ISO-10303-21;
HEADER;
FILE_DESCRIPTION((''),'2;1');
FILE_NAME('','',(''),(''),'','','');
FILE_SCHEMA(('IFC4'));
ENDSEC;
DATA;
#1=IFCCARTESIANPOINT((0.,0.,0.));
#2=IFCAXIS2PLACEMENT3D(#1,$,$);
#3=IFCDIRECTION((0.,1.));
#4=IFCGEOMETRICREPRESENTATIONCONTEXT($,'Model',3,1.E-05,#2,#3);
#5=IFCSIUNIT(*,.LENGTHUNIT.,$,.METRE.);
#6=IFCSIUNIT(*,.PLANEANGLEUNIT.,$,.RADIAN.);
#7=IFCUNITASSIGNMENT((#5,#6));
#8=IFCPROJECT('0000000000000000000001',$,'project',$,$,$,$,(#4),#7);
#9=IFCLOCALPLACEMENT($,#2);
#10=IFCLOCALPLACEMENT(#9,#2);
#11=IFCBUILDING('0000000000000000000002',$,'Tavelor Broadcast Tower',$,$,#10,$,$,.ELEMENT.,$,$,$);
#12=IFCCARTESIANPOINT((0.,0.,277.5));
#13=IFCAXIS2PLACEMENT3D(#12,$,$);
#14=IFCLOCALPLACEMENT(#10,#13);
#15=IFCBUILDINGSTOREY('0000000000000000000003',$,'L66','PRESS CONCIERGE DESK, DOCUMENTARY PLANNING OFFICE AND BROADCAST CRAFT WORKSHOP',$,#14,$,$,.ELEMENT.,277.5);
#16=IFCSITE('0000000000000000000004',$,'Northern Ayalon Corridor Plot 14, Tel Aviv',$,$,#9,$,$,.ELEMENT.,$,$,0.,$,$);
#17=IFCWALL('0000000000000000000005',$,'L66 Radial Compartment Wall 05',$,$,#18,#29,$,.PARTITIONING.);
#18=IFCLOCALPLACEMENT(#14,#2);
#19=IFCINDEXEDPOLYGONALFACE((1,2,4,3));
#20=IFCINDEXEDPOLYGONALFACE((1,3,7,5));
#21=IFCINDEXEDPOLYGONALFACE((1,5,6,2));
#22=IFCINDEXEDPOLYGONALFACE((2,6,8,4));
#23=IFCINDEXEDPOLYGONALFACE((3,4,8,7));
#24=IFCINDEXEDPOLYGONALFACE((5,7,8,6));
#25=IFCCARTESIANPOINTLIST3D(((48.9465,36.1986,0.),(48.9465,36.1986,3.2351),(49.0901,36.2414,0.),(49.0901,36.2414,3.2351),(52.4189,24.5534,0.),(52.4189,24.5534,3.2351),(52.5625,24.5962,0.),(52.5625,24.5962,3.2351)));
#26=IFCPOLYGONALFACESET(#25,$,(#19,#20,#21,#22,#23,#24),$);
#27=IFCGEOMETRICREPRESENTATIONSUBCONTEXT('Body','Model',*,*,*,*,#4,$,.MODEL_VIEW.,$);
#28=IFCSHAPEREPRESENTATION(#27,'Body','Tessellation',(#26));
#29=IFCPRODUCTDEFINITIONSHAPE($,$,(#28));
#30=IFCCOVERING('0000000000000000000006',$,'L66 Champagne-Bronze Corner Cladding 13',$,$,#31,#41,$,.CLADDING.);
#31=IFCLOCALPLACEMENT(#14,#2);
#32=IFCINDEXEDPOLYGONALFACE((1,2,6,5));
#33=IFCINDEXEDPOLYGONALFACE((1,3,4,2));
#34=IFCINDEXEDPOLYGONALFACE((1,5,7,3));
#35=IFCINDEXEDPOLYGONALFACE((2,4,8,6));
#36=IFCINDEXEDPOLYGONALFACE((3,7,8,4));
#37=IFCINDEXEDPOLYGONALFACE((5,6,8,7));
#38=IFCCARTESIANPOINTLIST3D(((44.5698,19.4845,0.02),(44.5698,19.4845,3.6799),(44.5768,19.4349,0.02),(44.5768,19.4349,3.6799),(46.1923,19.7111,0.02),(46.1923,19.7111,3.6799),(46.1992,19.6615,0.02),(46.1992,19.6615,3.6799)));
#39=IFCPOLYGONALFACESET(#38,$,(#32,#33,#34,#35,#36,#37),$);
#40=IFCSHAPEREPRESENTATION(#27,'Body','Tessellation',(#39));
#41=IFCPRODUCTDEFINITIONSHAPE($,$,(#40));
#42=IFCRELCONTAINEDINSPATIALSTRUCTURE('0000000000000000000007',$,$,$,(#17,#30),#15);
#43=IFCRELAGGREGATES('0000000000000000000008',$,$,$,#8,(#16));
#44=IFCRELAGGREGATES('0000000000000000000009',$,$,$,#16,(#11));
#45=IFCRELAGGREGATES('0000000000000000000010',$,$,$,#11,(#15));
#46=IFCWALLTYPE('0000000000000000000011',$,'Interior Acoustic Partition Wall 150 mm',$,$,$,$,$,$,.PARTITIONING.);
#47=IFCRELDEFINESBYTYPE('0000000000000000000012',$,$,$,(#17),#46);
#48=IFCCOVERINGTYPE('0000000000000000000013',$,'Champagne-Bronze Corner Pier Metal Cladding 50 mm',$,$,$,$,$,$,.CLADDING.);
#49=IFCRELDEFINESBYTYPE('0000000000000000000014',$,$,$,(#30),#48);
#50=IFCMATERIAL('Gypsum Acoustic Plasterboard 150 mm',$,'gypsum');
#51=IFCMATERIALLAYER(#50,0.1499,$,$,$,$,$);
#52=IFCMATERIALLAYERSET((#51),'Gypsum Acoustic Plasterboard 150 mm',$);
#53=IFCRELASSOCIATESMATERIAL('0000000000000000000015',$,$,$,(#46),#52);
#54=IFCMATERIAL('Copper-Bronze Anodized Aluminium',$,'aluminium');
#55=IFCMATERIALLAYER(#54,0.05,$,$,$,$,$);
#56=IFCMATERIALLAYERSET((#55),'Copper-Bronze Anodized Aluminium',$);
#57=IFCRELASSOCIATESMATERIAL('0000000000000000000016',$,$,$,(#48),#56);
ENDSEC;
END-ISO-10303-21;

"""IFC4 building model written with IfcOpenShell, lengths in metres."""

from ifc_helpers import new_model, si_unit, direction, frame, frame_2d, origin, origin_2d, place, context, subcontext, project, spatial, rectangle, extrude, material, layer, layer_set, type_object, element, save


model = new_model("IFC4")

# Units and contexts
model_context = context("Model", 3, precision=1e-05, world=origin(), true_north=direction((0.0, 1.0)))
body_context = subcontext(model_context, "Body", "Model", "MODEL_VIEW")
ifc_project = project(units=[si_unit("LENGTHUNIT", "METRE"), si_unit("PLANEANGLEUNIT", "RADIAN")], contexts=[model_context])

# Site, building, storey
site_placement = place(None, origin())
site = spatial("IfcSite", under=ifc_project, at=site_placement, Name="Northern Ayalon Corridor Plot 14, Tel Aviv", CompositionType="ELEMENT", RefElevation=0.0)
building_placement = place(site_placement, origin())
building = spatial("IfcBuilding", under=site, at=building_placement, Name="Tavelor Broadcast Tower", CompositionType="ELEMENT")
storey_placement = place(building_placement, frame((0.0, 0.0, 277.5)))
storey = spatial("IfcBuildingStorey", under=building, at=storey_placement, Name="L66", Description="PRESS CONCIERGE DESK, DOCUMENTARY PLANNING OFFICE AND BROADCAST CRAFT WORKSHOP", CompositionType="ELEMENT", Elevation=277.5)

# Wall
ifc_material_1 = material(Name="Gypsum Acoustic Plasterboard 150 mm", Category="gypsum")
ifc_layer_1 = layer(ifc_material_1, 0.1499)
ifc_layer_set_1 = layer_set([ifc_layer_1], Name="Gypsum Acoustic Plasterboard 150 mm")
wall_type_1 = type_object("IfcWallType", Name="Interior Acoustic Partition Wall 150 mm", PredefinedType="PARTITIONING", material=ifc_layer_set_1)
wall_1_placement = place(storey_placement, frame((49.0183, 36.22, 0.0), z_axis=(0.0, 0.0, 1.0), x_axis=(0.285749, -0.958304, 0.0)))
element("IfcWall", 1, at=wall_1_placement, inside=storey, type_object=wall_type_1, Name="L66 Radial Compartment Wall 05", PredefinedType="PARTITIONING", context=body_context, shape_type="SweptSolid", body=[
    extrude(rectangle(XDim=12.1519, YDim=0.1499, at=frame_2d((6.0759, 0.0))), origin(), (0.0, 0.0, 1.0), 3.2351),
])

# Covering
ifc_material_2 = material(Name="Copper-Bronze Anodized Aluminium", Category="aluminium")
ifc_layer_2 = layer(ifc_material_2, 0.05)
ifc_layer_set_2 = layer_set([ifc_layer_2], Name="Copper-Bronze Anodized Aluminium")
covering_type = type_object("IfcCoveringType", Name="Champagne-Bronze Corner Pier Metal Cladding 50 mm", PredefinedType="CLADDING", material=ifc_layer_set_2)
covering_placement = place(storey_placement, frame((45.3845, 19.573, 0.02), z_axis=(0.0, 0.0, 1.0), x_axis=(0.990389, 0.138309, 0.0)))
element("IfcCovering", 2, at=covering_placement, inside=storey, type_object=covering_type, Name="L66 Champagne-Bronze Corner Cladding 13", PredefinedType="CLADDING", context=body_context, shape_type="SweptSolid", body=[
    extrude(rectangle(XDim=1.6382, YDim=0.05, at=origin_2d()), origin(), (0.0, 0.0, 1.0), 3.6599),
])

save(model, "model.ifc")
